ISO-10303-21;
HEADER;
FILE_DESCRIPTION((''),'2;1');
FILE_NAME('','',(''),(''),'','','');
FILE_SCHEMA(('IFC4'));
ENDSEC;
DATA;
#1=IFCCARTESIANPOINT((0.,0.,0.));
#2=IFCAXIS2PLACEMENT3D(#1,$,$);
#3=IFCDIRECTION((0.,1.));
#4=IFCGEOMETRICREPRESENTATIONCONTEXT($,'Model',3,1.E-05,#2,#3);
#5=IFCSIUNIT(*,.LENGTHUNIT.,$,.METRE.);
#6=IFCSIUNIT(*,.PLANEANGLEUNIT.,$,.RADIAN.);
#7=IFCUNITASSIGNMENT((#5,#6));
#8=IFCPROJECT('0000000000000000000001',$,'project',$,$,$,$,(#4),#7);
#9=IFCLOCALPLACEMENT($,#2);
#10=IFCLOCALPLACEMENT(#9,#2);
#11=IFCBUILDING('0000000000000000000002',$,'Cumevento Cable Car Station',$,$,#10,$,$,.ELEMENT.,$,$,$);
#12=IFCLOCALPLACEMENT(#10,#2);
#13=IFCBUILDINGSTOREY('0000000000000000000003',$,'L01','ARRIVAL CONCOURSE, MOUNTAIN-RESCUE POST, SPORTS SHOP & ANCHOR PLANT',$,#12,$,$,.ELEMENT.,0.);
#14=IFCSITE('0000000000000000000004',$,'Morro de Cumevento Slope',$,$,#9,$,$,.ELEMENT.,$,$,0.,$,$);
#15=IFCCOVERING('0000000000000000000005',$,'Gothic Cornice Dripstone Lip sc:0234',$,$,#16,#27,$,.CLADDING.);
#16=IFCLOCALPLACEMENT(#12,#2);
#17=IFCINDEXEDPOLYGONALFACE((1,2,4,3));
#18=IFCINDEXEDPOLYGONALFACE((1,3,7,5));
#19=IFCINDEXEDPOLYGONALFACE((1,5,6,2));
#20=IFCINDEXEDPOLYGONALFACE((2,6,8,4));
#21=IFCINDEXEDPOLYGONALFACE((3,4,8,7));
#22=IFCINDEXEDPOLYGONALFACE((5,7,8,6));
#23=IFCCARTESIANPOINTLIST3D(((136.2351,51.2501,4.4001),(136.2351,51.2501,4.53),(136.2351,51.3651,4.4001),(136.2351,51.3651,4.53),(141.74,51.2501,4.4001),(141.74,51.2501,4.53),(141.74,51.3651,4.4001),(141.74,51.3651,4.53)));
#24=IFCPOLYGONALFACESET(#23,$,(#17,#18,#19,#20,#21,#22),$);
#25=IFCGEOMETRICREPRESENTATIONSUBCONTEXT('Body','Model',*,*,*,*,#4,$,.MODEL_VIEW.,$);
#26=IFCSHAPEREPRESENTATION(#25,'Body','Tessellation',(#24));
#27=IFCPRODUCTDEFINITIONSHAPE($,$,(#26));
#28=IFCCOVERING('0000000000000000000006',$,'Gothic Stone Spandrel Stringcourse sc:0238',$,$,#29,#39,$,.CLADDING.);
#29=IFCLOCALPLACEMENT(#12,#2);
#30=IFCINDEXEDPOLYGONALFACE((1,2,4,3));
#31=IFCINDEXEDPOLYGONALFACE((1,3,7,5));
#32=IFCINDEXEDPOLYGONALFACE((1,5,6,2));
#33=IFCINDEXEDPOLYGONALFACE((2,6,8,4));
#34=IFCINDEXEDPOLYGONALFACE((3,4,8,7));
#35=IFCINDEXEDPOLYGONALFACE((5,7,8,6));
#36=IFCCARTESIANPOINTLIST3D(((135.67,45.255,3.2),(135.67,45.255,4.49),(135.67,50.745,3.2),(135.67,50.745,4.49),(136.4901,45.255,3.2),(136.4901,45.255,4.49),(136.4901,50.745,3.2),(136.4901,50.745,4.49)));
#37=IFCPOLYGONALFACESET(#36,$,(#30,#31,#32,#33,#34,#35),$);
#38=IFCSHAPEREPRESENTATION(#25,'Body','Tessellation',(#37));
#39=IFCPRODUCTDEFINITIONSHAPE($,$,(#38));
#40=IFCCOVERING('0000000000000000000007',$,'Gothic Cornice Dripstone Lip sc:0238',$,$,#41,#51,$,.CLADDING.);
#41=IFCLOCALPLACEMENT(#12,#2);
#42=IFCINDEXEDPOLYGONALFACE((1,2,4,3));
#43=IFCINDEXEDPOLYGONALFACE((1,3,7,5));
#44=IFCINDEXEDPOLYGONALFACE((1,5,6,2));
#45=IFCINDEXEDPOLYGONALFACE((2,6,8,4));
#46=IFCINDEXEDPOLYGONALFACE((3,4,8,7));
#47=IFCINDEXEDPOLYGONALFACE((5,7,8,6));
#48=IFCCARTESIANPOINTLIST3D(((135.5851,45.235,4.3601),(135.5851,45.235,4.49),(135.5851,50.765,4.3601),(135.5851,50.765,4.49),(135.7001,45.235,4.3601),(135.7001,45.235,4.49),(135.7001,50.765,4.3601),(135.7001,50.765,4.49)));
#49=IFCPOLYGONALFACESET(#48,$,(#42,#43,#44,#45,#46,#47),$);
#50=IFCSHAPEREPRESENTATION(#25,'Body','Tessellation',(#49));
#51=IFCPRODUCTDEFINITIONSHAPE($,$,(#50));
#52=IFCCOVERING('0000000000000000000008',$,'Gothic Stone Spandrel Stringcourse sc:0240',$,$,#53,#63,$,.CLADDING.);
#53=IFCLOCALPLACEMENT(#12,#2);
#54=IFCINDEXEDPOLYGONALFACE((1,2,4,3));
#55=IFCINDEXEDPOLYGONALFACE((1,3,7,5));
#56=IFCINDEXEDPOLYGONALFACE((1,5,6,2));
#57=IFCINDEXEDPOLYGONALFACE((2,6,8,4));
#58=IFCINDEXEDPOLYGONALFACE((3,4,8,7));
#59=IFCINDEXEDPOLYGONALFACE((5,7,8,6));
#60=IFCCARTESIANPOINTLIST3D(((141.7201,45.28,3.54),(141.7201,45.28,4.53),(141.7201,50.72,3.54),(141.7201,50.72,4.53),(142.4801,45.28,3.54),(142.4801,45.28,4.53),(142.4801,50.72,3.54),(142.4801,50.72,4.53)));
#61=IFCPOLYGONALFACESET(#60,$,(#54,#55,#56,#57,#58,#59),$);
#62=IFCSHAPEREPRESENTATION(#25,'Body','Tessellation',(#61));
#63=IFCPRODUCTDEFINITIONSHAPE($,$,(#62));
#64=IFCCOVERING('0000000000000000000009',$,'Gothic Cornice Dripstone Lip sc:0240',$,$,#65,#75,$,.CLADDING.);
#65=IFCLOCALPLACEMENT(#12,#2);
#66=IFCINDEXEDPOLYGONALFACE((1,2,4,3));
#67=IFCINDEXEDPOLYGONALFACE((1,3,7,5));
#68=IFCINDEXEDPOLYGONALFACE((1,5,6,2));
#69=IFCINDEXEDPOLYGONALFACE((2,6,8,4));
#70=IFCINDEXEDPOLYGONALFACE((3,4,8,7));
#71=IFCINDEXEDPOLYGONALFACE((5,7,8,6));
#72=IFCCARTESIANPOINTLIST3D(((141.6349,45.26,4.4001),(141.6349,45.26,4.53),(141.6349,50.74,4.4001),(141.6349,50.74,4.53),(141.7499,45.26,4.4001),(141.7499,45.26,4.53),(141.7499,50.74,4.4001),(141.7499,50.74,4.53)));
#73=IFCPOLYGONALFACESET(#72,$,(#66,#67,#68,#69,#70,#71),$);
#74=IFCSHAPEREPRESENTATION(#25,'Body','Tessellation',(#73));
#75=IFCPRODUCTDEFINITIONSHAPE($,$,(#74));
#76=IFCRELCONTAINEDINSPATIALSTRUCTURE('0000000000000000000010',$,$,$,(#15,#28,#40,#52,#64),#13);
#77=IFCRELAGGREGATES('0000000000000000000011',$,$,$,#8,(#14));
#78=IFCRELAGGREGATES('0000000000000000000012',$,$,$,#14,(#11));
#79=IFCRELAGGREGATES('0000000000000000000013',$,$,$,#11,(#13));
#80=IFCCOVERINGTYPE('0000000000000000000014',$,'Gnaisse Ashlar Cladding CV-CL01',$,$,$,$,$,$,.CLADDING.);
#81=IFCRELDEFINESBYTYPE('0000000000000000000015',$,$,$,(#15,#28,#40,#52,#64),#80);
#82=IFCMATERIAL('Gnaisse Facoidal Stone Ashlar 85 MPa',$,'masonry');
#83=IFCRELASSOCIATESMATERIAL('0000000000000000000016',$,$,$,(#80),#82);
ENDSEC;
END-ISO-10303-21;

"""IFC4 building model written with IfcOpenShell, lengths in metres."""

from ifc_helpers import new_model, si_unit, direction, frame, origin, origin_2d, place, context, subcontext, project, spatial, rectangle, extrude, material, type_object, element, save


model = new_model("IFC4")

# Units and contexts
model_context = context("Model", 3, precision=1e-05, world=origin(), true_north=direction((0.0, 1.0)))
body_context = subcontext(model_context, "Body", "Model", "MODEL_VIEW")
ifc_project = project(units=[si_unit("LENGTHUNIT", "METRE"), si_unit("PLANEANGLEUNIT", "RADIAN")], contexts=[model_context])

# Site, building, storey
site_placement = place(None, origin())
site = spatial("IfcSite", under=ifc_project, at=site_placement, Name="Morro de Cumevento Slope", CompositionType="ELEMENT", RefElevation=0.0)
building_placement = place(site_placement, origin())
building = spatial("IfcBuilding", under=site, at=building_placement, Name="Cumevento Cable Car Station", CompositionType="ELEMENT")
storey_placement = place(building_placement, origin())
storey = spatial("IfcBuildingStorey", under=building, at=storey_placement, Name="L01", Description="ARRIVAL CONCOURSE, MOUNTAIN-RESCUE POST, SPORTS SHOP & ANCHOR PLANT", CompositionType="ELEMENT", Elevation=0.0)

# Coverings
ifc_material_1 = material(Name="Gnaisse Facoidal Stone Ashlar 85 MPa", Category="masonry")
covering_type = type_object("IfcCoveringType", Name="Gnaisse Ashlar Cladding CV-CL01", PredefinedType="CLADDING", material=ifc_material_1)
covering_1_placement = place(storey_placement, frame((138.9875, 51.3076, 4.4001), z_axis=(0.0, 0.0, 1.0), x_axis=(1.0, 0.0, 0.0)))
element("IfcCovering", 1, at=covering_1_placement, inside=storey, type_object=covering_type, Name="Gothic Cornice Dripstone Lip sc:0234", PredefinedType="CLADDING", context=body_context, shape_type="SweptSolid", body=[
    extrude(rectangle(XDim=5.5049, YDim=0.115, at=origin_2d()), origin(), (0.0, 0.0, 1.0), 0.1299),
])
covering_2_placement = place(storey_placement, frame((136.0801, 48.0, 3.2), z_axis=(0.0, 0.0, 1.0), x_axis=(0.0, 1.0, 0.0)))
element("IfcCovering", 2, at=covering_2_placement, inside=storey, type_object=covering_type, Name="Gothic Stone Spandrel Stringcourse sc:0238", PredefinedType="CLADDING", context=body_context, shape_type="SweptSolid", body=[
    extrude(rectangle(XDim=5.49, YDim=0.8201, at=origin_2d()), origin(), (0.0, 0.0, 1.0), 1.29),
])
covering_3_placement = place(storey_placement, frame((135.6426, 48.0, 4.3601), z_axis=(0.0, 0.0, 1.0), x_axis=(0.0, 1.0, 0.0)))
element("IfcCovering", 3, at=covering_3_placement, inside=storey, type_object=covering_type, Name="Gothic Cornice Dripstone Lip sc:0238", PredefinedType="CLADDING", context=body_context, shape_type="SweptSolid", body=[
    extrude(rectangle(XDim=5.53, YDim=0.115, at=origin_2d()), origin(), (0.0, 0.0, 1.0), 0.1299),
])
covering_4_placement = place(storey_placement, frame((142.1001, 48.0, 3.54), z_axis=(0.0, 0.0, 1.0), x_axis=(0.0, 1.0, 0.0)))
element("IfcCovering", 4, at=covering_4_placement, inside=storey, type_object=covering_type, Name="Gothic Stone Spandrel Stringcourse sc:0240", PredefinedType="CLADDING", context=body_context, shape_type="SweptSolid", body=[
    extrude(rectangle(XDim=5.4399, YDim=0.76, at=origin_2d()), origin(), (0.0, 0.0, 1.0), 0.99),
])
covering_5_placement = place(storey_placement, frame((141.6924, 48.0, 4.4001), z_axis=(0.0, 0.0, 1.0), x_axis=(0.0, 1.0, 0.0)))
element("IfcCovering", 5, at=covering_5_placement, inside=storey, type_object=covering_type, Name="Gothic Cornice Dripstone Lip sc:0240", PredefinedType="CLADDING", context=body_context, shape_type="SweptSolid", body=[
    extrude(rectangle(XDim=5.48, YDim=0.115, at=origin_2d()), origin(), (0.0, 0.0, 1.0), 0.1299),
])

save(model, "model.ifc")
